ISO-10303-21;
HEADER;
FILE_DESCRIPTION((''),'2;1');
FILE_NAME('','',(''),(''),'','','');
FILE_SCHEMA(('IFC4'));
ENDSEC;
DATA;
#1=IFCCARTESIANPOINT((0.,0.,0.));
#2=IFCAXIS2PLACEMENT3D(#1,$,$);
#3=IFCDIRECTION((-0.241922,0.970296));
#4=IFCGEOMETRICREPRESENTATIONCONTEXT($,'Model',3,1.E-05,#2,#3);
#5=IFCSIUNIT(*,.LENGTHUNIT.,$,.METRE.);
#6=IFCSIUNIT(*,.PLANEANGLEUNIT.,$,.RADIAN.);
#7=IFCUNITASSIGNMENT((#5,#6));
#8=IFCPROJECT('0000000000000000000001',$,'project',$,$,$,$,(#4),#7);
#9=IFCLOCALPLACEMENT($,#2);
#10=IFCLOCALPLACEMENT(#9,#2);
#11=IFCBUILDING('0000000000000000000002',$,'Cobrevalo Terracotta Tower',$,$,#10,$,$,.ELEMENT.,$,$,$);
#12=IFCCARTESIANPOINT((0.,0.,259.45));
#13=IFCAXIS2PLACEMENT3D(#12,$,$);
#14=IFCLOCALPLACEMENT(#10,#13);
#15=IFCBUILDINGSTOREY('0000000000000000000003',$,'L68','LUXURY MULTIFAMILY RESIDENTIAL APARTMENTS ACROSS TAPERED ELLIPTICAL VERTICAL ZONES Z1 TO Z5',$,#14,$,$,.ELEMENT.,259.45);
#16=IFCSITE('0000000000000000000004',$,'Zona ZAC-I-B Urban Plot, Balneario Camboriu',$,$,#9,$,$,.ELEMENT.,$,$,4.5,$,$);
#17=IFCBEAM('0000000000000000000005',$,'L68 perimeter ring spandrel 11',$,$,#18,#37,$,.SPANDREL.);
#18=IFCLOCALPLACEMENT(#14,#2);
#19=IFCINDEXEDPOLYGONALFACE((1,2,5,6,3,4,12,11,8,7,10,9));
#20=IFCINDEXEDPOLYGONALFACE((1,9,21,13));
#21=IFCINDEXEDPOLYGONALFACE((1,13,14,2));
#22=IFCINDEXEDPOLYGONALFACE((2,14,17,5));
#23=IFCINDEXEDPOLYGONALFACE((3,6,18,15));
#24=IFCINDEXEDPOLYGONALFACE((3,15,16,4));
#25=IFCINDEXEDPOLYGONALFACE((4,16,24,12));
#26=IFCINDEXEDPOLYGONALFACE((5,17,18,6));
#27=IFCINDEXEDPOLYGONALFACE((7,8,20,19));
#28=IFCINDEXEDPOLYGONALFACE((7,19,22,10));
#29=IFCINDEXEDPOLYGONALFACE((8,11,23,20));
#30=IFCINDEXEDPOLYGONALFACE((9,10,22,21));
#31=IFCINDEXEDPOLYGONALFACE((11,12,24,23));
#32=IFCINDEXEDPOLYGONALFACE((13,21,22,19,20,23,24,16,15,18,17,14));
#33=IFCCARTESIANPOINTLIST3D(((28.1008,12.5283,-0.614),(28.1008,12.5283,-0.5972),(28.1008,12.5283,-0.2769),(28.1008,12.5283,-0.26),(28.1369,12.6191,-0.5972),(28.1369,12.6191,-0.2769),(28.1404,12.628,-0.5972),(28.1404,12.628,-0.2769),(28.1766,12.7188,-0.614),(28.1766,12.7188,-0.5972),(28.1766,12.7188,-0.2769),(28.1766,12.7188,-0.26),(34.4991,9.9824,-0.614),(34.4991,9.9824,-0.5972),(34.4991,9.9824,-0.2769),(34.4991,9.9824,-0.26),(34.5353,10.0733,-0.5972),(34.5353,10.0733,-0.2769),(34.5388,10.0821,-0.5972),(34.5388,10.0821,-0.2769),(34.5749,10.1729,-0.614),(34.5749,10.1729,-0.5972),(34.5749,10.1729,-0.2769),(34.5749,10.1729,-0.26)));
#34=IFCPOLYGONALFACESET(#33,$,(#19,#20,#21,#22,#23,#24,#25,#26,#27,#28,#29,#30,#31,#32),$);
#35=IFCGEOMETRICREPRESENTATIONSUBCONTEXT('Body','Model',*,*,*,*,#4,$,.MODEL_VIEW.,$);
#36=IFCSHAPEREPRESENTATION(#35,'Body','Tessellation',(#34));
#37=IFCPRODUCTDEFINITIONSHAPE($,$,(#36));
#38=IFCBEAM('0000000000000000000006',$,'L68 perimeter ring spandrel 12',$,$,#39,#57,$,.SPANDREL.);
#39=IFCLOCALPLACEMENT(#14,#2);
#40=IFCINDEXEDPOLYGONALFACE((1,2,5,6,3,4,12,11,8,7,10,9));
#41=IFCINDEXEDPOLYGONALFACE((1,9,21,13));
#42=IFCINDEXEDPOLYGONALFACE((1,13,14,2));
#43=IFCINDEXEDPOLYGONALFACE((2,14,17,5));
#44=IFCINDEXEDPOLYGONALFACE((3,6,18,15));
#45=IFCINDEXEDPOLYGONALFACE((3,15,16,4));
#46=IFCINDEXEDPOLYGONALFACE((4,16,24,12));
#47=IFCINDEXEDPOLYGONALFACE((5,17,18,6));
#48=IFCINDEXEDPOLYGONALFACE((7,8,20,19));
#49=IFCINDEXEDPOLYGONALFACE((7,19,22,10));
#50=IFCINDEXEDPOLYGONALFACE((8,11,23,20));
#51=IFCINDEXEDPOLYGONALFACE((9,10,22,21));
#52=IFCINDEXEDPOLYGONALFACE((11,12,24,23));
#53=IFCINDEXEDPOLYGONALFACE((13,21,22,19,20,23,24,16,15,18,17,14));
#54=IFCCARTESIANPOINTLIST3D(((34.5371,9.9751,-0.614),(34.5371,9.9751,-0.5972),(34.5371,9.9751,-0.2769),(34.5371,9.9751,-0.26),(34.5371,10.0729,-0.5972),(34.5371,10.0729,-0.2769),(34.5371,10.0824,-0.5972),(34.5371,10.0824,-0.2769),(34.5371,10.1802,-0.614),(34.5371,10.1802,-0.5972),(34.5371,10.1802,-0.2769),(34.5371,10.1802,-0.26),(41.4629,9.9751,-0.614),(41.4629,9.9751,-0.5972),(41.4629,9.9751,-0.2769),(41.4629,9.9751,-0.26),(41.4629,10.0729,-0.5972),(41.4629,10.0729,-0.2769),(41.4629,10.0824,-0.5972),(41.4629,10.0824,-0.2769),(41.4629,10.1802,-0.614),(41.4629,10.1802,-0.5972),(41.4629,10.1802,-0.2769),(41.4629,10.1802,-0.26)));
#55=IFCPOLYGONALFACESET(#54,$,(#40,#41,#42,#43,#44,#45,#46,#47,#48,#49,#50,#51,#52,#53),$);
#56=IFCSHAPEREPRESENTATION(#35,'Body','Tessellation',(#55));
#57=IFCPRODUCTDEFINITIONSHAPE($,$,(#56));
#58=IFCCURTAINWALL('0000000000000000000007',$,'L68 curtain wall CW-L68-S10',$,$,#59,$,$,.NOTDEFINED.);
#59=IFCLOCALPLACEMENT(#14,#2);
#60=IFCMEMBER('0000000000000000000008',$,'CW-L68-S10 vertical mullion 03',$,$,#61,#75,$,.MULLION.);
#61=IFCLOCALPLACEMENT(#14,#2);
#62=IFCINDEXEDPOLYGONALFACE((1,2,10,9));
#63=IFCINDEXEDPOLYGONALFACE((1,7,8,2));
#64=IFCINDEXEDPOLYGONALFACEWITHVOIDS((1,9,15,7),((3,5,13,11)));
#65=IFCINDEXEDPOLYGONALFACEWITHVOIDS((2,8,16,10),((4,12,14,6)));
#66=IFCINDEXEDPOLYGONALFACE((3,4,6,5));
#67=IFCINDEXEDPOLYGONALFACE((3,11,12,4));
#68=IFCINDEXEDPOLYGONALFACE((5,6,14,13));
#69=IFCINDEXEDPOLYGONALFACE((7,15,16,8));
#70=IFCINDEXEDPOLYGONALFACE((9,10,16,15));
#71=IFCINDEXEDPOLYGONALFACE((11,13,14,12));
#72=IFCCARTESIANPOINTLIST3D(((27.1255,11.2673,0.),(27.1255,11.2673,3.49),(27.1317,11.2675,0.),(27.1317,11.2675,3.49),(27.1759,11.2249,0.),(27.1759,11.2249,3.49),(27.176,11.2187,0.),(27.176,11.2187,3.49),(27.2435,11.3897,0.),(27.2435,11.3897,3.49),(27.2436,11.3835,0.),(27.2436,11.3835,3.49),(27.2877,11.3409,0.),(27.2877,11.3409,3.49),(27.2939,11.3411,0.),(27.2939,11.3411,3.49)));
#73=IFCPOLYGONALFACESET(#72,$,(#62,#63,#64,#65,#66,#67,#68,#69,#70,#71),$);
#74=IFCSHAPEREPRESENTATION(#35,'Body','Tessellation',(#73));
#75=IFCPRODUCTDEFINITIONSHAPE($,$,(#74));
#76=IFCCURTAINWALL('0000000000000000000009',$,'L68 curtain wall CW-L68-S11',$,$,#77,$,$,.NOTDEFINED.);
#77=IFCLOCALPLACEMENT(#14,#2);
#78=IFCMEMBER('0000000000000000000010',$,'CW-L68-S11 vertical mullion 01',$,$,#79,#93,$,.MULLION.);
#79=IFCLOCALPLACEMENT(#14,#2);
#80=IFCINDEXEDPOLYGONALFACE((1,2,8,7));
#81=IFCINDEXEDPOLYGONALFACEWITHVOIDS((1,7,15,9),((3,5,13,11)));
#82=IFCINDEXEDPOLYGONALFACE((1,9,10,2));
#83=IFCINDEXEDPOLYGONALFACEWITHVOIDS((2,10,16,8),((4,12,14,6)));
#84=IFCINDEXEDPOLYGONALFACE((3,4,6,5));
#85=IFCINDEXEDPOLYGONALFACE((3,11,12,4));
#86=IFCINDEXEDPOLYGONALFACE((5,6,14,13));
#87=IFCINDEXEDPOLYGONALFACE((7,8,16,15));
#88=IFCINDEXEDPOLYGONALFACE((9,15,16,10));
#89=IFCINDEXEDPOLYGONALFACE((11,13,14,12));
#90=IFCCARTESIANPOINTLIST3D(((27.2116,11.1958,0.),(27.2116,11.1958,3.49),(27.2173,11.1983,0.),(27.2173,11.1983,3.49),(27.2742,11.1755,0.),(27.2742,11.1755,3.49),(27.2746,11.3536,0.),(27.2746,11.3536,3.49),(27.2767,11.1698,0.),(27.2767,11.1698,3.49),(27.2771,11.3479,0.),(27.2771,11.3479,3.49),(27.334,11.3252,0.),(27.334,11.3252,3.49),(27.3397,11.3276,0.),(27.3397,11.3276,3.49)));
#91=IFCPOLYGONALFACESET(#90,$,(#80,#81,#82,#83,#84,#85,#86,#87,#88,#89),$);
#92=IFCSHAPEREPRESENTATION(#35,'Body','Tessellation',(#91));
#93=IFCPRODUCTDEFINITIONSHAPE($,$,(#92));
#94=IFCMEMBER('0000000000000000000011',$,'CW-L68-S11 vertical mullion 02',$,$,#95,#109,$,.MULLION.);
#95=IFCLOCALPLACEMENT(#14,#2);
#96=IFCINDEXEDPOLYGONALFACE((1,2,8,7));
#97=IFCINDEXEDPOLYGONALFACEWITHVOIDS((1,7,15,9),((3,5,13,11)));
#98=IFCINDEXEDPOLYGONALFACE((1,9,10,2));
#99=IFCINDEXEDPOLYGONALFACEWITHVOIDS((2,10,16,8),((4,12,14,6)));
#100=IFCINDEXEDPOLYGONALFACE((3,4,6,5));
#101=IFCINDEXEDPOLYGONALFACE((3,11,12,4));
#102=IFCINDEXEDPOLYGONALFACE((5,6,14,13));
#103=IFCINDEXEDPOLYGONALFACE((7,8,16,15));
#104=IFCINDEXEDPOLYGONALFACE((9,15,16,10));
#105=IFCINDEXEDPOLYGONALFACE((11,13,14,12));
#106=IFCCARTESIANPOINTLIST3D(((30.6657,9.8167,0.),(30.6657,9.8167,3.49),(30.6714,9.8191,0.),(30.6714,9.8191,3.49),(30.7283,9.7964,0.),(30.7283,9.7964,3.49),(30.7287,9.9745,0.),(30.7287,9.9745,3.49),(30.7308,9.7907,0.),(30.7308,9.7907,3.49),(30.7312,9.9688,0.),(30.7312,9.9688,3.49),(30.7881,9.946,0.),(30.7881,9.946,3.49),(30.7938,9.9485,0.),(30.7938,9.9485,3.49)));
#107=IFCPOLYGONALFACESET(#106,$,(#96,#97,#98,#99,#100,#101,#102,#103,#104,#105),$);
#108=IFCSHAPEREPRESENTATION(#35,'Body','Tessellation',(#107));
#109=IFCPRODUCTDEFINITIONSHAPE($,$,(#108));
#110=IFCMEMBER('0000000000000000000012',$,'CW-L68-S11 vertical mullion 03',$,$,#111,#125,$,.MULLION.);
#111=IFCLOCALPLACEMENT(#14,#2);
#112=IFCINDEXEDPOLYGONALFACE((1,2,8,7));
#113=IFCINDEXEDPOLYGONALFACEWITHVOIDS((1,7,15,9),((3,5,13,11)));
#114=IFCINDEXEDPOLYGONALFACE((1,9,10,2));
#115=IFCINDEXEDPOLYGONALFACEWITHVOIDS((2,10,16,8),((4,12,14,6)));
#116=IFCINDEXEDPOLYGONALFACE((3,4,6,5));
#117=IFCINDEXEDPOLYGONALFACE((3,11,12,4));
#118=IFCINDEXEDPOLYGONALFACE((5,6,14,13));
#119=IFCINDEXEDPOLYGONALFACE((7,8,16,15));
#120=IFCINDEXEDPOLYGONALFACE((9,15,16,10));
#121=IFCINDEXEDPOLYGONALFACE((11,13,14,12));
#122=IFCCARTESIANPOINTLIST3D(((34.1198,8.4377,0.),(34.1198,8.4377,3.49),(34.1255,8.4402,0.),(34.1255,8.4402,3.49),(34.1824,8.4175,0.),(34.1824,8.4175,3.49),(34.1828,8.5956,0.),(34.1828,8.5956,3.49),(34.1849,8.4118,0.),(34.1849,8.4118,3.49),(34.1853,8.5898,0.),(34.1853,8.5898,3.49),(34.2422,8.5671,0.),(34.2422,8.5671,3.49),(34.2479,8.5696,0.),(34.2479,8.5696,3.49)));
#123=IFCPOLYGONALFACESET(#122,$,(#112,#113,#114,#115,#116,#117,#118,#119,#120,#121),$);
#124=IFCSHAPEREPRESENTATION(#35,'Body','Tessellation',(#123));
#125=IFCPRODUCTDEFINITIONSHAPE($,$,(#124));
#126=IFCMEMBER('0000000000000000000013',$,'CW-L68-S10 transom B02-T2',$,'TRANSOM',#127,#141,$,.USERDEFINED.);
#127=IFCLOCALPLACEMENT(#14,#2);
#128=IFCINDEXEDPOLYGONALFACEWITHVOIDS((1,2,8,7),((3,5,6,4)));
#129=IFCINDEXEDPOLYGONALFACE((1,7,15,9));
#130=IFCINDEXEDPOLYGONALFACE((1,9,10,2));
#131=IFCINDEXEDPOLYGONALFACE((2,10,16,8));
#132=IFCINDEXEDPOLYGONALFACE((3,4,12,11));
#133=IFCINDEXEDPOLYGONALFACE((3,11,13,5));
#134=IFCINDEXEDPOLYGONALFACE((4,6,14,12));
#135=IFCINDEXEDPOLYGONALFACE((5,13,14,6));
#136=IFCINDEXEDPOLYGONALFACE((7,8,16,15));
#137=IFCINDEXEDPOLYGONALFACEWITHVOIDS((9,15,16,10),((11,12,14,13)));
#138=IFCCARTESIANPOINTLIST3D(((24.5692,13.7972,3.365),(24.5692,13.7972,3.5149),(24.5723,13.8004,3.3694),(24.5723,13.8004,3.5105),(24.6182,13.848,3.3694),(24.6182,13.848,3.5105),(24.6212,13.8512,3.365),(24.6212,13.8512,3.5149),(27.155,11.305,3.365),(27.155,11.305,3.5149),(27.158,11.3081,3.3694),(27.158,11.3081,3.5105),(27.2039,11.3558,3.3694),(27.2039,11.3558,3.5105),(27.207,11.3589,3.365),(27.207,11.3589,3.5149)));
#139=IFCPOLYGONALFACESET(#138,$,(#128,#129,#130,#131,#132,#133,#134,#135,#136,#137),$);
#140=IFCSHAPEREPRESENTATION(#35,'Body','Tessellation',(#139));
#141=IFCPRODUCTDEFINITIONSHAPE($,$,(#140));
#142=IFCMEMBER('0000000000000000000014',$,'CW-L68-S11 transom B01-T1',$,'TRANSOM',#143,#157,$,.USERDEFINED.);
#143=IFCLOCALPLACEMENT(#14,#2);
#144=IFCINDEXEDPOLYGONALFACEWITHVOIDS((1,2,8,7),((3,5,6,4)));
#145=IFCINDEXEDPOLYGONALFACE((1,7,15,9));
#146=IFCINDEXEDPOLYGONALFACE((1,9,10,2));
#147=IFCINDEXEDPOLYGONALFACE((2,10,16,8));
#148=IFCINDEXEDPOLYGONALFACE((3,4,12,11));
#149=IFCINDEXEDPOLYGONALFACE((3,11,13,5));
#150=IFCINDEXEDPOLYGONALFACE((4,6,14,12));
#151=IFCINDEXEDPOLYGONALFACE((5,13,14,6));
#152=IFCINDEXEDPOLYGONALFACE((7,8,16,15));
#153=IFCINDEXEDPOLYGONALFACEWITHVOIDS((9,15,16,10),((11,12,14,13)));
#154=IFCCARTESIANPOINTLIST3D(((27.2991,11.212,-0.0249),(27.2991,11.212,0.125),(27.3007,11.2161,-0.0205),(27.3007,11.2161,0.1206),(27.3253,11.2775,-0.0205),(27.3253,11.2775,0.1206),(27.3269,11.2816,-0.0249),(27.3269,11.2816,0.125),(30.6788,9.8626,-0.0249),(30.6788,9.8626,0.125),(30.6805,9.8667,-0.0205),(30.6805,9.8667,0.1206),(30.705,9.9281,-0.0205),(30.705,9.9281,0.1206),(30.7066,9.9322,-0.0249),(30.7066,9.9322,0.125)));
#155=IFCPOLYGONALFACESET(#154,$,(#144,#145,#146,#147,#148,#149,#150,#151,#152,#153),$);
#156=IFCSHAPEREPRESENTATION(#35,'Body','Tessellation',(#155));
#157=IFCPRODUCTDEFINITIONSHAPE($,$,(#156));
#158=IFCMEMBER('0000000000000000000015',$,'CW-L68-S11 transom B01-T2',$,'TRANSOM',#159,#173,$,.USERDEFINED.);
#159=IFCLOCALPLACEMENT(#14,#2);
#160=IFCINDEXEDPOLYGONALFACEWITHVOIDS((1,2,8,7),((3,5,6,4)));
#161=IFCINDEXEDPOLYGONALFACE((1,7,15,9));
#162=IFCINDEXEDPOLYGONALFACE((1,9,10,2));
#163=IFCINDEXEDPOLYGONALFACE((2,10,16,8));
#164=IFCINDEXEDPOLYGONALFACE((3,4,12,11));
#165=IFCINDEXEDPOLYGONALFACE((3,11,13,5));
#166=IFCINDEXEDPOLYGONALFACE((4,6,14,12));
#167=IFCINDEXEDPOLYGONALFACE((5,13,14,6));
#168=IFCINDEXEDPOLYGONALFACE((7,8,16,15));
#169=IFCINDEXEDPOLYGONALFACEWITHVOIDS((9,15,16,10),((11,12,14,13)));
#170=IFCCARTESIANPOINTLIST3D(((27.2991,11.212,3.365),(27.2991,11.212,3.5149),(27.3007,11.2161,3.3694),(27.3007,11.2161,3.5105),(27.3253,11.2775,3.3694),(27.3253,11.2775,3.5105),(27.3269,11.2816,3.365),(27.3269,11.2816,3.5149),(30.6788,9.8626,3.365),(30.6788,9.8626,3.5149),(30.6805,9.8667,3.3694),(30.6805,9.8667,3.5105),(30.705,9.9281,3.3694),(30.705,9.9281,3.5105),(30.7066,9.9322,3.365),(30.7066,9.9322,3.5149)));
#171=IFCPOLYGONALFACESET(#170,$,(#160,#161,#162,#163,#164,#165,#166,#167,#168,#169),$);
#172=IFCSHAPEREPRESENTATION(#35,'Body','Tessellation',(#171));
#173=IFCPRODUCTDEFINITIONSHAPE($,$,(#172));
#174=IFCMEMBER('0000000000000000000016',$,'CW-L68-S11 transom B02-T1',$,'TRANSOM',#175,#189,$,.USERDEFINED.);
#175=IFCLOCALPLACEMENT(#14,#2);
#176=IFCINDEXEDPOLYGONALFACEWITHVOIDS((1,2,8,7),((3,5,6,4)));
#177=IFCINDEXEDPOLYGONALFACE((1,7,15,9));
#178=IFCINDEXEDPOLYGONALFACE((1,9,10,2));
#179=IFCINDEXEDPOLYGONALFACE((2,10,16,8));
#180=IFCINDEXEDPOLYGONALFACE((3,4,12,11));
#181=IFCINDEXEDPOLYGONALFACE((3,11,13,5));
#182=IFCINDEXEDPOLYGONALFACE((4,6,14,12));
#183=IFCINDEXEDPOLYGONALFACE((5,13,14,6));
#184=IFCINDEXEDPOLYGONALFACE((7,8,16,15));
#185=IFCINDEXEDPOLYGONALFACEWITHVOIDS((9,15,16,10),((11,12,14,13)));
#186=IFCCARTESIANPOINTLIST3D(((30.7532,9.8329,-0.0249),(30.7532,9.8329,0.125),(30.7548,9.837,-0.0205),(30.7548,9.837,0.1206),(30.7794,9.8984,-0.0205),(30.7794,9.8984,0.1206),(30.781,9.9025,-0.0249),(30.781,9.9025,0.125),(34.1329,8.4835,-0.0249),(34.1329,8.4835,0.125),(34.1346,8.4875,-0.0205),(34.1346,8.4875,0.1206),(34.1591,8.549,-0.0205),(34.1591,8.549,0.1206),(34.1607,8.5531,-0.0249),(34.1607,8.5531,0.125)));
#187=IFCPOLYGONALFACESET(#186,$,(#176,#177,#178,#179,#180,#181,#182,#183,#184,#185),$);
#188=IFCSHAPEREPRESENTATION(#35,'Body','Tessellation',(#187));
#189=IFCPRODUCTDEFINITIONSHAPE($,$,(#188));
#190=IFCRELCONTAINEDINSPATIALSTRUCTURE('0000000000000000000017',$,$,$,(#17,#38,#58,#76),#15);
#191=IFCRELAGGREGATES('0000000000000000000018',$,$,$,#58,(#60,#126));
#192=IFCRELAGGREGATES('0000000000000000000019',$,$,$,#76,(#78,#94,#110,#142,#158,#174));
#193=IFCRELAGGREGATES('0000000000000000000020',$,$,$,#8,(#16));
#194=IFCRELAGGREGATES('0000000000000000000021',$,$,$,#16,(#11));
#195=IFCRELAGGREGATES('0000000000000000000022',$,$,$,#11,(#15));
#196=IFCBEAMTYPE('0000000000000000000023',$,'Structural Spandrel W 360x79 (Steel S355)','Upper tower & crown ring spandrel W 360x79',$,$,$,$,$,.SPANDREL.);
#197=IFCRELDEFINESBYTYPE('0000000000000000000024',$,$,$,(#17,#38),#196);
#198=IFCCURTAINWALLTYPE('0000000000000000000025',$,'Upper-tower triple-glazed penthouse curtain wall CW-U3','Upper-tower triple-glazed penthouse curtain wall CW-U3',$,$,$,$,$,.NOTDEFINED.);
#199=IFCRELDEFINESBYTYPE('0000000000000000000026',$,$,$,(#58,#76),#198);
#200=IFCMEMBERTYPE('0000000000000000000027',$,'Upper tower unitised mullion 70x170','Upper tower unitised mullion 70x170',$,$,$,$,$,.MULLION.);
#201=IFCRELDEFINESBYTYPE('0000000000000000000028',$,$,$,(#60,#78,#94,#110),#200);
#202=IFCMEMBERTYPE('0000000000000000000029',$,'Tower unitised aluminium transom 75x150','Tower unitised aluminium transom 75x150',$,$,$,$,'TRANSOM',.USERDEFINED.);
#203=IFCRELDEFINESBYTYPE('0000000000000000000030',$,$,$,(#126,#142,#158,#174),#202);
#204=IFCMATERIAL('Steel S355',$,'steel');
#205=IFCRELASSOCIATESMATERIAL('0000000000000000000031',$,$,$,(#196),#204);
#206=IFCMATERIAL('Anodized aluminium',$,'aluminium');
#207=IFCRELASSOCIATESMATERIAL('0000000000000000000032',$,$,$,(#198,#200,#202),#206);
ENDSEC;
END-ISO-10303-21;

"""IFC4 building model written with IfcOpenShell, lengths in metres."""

from ifc_helpers import new_model, si_unit, direction, frame, origin, origin_2d, place, context, subcontext, project, spatial, hollow_rectangle, i_section, extrude, source, transform, mapped, material, material_profile, profile_set, type_object, element, aggregate, save


model = new_model("IFC4")

# Units and contexts
model_context = context("Model", 3, precision=1e-05, world=origin(), true_north=direction((-0.241922, 0.970296)))
body_context = subcontext(model_context, "Body", "Model", "MODEL_VIEW")
ifc_project = project(units=[si_unit("LENGTHUNIT", "METRE"), si_unit("PLANEANGLEUNIT", "RADIAN")], contexts=[model_context])

# Site, building, storey
site_placement = place(None, origin())
site = spatial("IfcSite", under=ifc_project, at=site_placement, Name="Zona ZAC-I-B Urban Plot, Balneario Camboriu", CompositionType="ELEMENT", RefElevation=4.5)
building_placement = place(site_placement, origin())
building = spatial("IfcBuilding", under=site, at=building_placement, Name="Cobrevalo Terracotta Tower", CompositionType="ELEMENT")
storey_placement = place(building_placement, frame((0.0, 0.0, 259.45)))
storey = spatial("IfcBuildingStorey", under=building, at=storey_placement, Name="L68", Description="LUXURY MULTIFAMILY RESIDENTIAL APARTMENTS ACROSS TAPERED ELLIPTICAL VERTICAL ZONES Z1 TO Z5", CompositionType="ELEMENT", Elevation=259.45)

# Shared definitions
ifc_material_1 = material(Name="Steel S355", Category="steel")

# Beams
ifc_material_profile_1 = material_profile(ifc_material_1, i_section(OverallWidth=0.2051, OverallDepth=0.354, WebThickness=0.0095, FlangeThickness=0.0168, at=origin_2d()), Name="W 360x79")
ifc_profile_set_1 = profile_set([ifc_material_profile_1], Name="Steel S355")
beam_type_1 = type_object("IfcBeamType", Name="Structural Spandrel W 360x79 (Steel S355)", Description="Upper tower & crown ring spandrel W 360x79", PredefinedType="SPANDREL", material=ifc_profile_set_1)
beam_1_placement = place(storey_placement, frame((28.1387, 12.6235, -0.437), z_axis=(0.92915, -0.369703, 0.0), x_axis=(0.369703, 0.92915, 0.0)))
element("IfcBeam", 1, at=beam_1_placement, inside=storey, type_object=beam_type_1, Name="L68 perimeter ring spandrel 11", PredefinedType="SPANDREL", context=body_context, shape_type="SweptSolid", body=[
    extrude(i_section(OverallWidth=0.2051, OverallDepth=0.354, WebThickness=0.0095, FlangeThickness=0.0168, at=origin_2d()), origin(), (0.0, 0.0, 1.0), 6.8862),
])
beam_2_placement = place(storey_placement, frame((34.5371, 10.0776, -0.437), z_axis=(1.0, 0.0, 0.0), x_axis=(0.0, 1.0, 0.0)))
element("IfcBeam", 2, at=beam_2_placement, inside=storey, type_object=beam_type_1, Name="L68 perimeter ring spandrel 12", PredefinedType="SPANDREL", context=body_context, shape_type="SweptSolid", body=[
    extrude(i_section(OverallWidth=0.2051, OverallDepth=0.354, WebThickness=0.0095, FlangeThickness=0.0168, at=origin_2d()), origin(), (0.0, 0.0, 1.0), 6.9258),
])

# Curtain wall, member
ifc_material_2 = material(Name="Anodized aluminium", Category="aluminium")
curtain_wall_type = type_object("IfcCurtainWallType", Name="Upper-tower triple-glazed penthouse curtain wall CW-U3", Description="Upper-tower triple-glazed penthouse curtain wall CW-U3", PredefinedType="NOTDEFINED", material=ifc_material_2)
curtain_wall_1_placement = place(storey_placement, origin())
curtain_wall_1 = element("IfcCurtainWall", 3, at=curtain_wall_1_placement, inside=storey, type_object=curtain_wall_type, Name="L68 curtain wall CW-L68-S10", PredefinedType="NOTDEFINED")
ifc_material_profile_2 = material_profile(ifc_material_2, hollow_rectangle(XDim=0.0701, YDim=0.1699, WallThickness=0.0044, at=origin_2d()), Name="CWM 70x170")
ifc_profile_set_2 = profile_set([ifc_material_profile_2], Name="Anodized aluminium")
member_type_1 = type_object("IfcMemberType", Name="Upper tower unitised mullion 70x170", Description="Upper tower unitised mullion 70x170", PredefinedType="MULLION", material=ifc_profile_set_2)
shared_shape_1 = source(origin(), body_context, "Body", "SweptSolid", [
    extrude(hollow_rectangle(XDim=0.0701, YDim=0.1699, WallThickness=0.0044, at=origin_2d()), origin(), (0.0, 0.0, 1.0), 3.49),
])
member_1_placement = place(storey_placement, frame((27.2097, 11.3042, 0.0), z_axis=(0.0, 0.0, 1.0), x_axis=(0.719994, -0.69398, 0.0)))
member_1 = element("IfcMember", 4, at=member_1_placement, type_object=member_type_1, Name="CW-L68-S10 vertical mullion 03", PredefinedType="MULLION", context=body_context, shape_type="MappedRepresentation", body=[
    mapped(shared_shape_1, transform((0.0, 0.0, 0.0), scale=1.0)),
])

# Curtain wall, members
curtain_wall_2_placement = place(storey_placement, origin())
curtain_wall_2 = element("IfcCurtainWall", 5, at=curtain_wall_2_placement, inside=storey, type_object=curtain_wall_type, Name="L68 curtain wall CW-L68-S11", PredefinedType="NOTDEFINED")
member_2_placement = place(storey_placement, frame((27.2756, 11.2617, 0.0), z_axis=(0.0, 0.0, 1.0), x_axis=(0.928719, -0.370784, 0.0)))
member_2 = element("IfcMember", 6, at=member_2_placement, type_object=member_type_1, Name="CW-L68-S11 vertical mullion 01", PredefinedType="MULLION", context=body_context, shape_type="MappedRepresentation", body=[
    mapped(shared_shape_1, transform((0.0, 0.0, 0.0), scale=1.0)),
])
member_3_placement = place(storey_placement, frame((30.7297, 9.8826, 0.0), z_axis=(0.0, 0.0, 1.0), x_axis=(0.928719, -0.370784, 0.0)))
member_3 = element("IfcMember", 7, at=member_3_placement, type_object=member_type_1, Name="CW-L68-S11 vertical mullion 02", PredefinedType="MULLION", context=body_context, shape_type="MappedRepresentation", body=[
    mapped(shared_shape_1, transform((0.0, 0.0, 0.0), scale=1.0)),
])
member_4_placement = place(storey_placement, frame((34.1838, 8.5037, 0.0), z_axis=(0.0, 0.0, 1.0), x_axis=(0.928719, -0.370784, 0.0)))
member_4 = element("IfcMember", 8, at=member_4_placement, type_object=member_type_1, Name="CW-L68-S11 vertical mullion 03", PredefinedType="MULLION", context=body_context, shape_type="MappedRepresentation", body=[
    mapped(shared_shape_1, transform((0.0, 0.0, 0.0), scale=1.0)),
])

# Members
ifc_material_profile_3 = material_profile(ifc_material_2, hollow_rectangle(XDim=0.075, YDim=0.1499, WallThickness=0.0044, at=origin_2d()), Name="CWT 75x150")
ifc_profile_set_3 = profile_set([ifc_material_profile_3], Name="Anodized aluminium")
member_type_2 = type_object("IfcMemberType", Name="Tower unitised aluminium transom 75x150", Description="Tower unitised aluminium transom 75x150", ElementType="TRANSOM", PredefinedType="USERDEFINED", material=ifc_profile_set_3)
shared_shape_2 = source(origin(), body_context, "Body", "SweptSolid", [
    extrude(hollow_rectangle(XDim=0.075, YDim=0.1499, WallThickness=0.0044, at=origin_2d()), origin(), (0.0, 0.0, 1.0), 3.5913),
])
member_5_placement = place(storey_placement, frame((24.5952, 13.8242, 3.4399), z_axis=(0.720006, -0.693968, 0.0), x_axis=(0.693968, 0.720006, 0.0)))
member_5 = element("IfcMember", 9, at=member_5_placement, type_object=member_type_2, Name="CW-L68-S10 transom B02-T2", ObjectType="TRANSOM", PredefinedType="USERDEFINED", context=body_context, shape_type="MappedRepresentation", body=[
    mapped(shared_shape_2, transform((0.0, 0.0, 0.0), scale=1.0)),
])
shared_shape_3 = source(origin(), body_context, "Body", "SweptSolid", [
    extrude(hollow_rectangle(XDim=0.075, YDim=0.1499, WallThickness=0.0044, at=origin_2d()), origin(), (0.0, 0.0, 1.0), 3.6392),
])
member_6_placement = place(storey_placement, frame((27.313, 11.2468, 0.05), z_axis=(0.928712, -0.370801, 0.0), x_axis=(0.370801, 0.928712, 0.0)))
member_6 = element("IfcMember", 10, at=member_6_placement, type_object=member_type_2, Name="CW-L68-S11 transom B01-T1", ObjectType="TRANSOM", PredefinedType="USERDEFINED", context=body_context, shape_type="MappedRepresentation", body=[
    mapped(shared_shape_3, transform((0.0, 0.0, 0.0), scale=1.0)),
])
member_7_placement = place(storey_placement, frame((27.313, 11.2468, 3.4399), z_axis=(0.928712, -0.370801, 0.0), x_axis=(0.370801, 0.928712, 0.0)))
member_7 = element("IfcMember", 11, at=member_7_placement, type_object=member_type_2, Name="CW-L68-S11 transom B01-T2", ObjectType="TRANSOM", PredefinedType="USERDEFINED", context=body_context, shape_type="MappedRepresentation", body=[
    mapped(shared_shape_3, transform((0.0, 0.0, 0.0), scale=1.0)),
])
member_8_placement = place(storey_placement, frame((30.7671, 9.8677, 0.05), z_axis=(0.928712, -0.370801, 0.0), x_axis=(0.370801, 0.928712, 0.0)))
member_8 = element("IfcMember", 12, at=member_8_placement, type_object=member_type_2, Name="CW-L68-S11 transom B02-T1", ObjectType="TRANSOM", PredefinedType="USERDEFINED", context=body_context, shape_type="MappedRepresentation", body=[
    mapped(shared_shape_3, transform((0.0, 0.0, 0.0), scale=1.0)),
])

aggregate(curtain_wall_1, [member_1, member_5])
aggregate(curtain_wall_2, [member_2, member_3, member_4, member_6, member_7, member_8])

save(model, "model.ifc")
